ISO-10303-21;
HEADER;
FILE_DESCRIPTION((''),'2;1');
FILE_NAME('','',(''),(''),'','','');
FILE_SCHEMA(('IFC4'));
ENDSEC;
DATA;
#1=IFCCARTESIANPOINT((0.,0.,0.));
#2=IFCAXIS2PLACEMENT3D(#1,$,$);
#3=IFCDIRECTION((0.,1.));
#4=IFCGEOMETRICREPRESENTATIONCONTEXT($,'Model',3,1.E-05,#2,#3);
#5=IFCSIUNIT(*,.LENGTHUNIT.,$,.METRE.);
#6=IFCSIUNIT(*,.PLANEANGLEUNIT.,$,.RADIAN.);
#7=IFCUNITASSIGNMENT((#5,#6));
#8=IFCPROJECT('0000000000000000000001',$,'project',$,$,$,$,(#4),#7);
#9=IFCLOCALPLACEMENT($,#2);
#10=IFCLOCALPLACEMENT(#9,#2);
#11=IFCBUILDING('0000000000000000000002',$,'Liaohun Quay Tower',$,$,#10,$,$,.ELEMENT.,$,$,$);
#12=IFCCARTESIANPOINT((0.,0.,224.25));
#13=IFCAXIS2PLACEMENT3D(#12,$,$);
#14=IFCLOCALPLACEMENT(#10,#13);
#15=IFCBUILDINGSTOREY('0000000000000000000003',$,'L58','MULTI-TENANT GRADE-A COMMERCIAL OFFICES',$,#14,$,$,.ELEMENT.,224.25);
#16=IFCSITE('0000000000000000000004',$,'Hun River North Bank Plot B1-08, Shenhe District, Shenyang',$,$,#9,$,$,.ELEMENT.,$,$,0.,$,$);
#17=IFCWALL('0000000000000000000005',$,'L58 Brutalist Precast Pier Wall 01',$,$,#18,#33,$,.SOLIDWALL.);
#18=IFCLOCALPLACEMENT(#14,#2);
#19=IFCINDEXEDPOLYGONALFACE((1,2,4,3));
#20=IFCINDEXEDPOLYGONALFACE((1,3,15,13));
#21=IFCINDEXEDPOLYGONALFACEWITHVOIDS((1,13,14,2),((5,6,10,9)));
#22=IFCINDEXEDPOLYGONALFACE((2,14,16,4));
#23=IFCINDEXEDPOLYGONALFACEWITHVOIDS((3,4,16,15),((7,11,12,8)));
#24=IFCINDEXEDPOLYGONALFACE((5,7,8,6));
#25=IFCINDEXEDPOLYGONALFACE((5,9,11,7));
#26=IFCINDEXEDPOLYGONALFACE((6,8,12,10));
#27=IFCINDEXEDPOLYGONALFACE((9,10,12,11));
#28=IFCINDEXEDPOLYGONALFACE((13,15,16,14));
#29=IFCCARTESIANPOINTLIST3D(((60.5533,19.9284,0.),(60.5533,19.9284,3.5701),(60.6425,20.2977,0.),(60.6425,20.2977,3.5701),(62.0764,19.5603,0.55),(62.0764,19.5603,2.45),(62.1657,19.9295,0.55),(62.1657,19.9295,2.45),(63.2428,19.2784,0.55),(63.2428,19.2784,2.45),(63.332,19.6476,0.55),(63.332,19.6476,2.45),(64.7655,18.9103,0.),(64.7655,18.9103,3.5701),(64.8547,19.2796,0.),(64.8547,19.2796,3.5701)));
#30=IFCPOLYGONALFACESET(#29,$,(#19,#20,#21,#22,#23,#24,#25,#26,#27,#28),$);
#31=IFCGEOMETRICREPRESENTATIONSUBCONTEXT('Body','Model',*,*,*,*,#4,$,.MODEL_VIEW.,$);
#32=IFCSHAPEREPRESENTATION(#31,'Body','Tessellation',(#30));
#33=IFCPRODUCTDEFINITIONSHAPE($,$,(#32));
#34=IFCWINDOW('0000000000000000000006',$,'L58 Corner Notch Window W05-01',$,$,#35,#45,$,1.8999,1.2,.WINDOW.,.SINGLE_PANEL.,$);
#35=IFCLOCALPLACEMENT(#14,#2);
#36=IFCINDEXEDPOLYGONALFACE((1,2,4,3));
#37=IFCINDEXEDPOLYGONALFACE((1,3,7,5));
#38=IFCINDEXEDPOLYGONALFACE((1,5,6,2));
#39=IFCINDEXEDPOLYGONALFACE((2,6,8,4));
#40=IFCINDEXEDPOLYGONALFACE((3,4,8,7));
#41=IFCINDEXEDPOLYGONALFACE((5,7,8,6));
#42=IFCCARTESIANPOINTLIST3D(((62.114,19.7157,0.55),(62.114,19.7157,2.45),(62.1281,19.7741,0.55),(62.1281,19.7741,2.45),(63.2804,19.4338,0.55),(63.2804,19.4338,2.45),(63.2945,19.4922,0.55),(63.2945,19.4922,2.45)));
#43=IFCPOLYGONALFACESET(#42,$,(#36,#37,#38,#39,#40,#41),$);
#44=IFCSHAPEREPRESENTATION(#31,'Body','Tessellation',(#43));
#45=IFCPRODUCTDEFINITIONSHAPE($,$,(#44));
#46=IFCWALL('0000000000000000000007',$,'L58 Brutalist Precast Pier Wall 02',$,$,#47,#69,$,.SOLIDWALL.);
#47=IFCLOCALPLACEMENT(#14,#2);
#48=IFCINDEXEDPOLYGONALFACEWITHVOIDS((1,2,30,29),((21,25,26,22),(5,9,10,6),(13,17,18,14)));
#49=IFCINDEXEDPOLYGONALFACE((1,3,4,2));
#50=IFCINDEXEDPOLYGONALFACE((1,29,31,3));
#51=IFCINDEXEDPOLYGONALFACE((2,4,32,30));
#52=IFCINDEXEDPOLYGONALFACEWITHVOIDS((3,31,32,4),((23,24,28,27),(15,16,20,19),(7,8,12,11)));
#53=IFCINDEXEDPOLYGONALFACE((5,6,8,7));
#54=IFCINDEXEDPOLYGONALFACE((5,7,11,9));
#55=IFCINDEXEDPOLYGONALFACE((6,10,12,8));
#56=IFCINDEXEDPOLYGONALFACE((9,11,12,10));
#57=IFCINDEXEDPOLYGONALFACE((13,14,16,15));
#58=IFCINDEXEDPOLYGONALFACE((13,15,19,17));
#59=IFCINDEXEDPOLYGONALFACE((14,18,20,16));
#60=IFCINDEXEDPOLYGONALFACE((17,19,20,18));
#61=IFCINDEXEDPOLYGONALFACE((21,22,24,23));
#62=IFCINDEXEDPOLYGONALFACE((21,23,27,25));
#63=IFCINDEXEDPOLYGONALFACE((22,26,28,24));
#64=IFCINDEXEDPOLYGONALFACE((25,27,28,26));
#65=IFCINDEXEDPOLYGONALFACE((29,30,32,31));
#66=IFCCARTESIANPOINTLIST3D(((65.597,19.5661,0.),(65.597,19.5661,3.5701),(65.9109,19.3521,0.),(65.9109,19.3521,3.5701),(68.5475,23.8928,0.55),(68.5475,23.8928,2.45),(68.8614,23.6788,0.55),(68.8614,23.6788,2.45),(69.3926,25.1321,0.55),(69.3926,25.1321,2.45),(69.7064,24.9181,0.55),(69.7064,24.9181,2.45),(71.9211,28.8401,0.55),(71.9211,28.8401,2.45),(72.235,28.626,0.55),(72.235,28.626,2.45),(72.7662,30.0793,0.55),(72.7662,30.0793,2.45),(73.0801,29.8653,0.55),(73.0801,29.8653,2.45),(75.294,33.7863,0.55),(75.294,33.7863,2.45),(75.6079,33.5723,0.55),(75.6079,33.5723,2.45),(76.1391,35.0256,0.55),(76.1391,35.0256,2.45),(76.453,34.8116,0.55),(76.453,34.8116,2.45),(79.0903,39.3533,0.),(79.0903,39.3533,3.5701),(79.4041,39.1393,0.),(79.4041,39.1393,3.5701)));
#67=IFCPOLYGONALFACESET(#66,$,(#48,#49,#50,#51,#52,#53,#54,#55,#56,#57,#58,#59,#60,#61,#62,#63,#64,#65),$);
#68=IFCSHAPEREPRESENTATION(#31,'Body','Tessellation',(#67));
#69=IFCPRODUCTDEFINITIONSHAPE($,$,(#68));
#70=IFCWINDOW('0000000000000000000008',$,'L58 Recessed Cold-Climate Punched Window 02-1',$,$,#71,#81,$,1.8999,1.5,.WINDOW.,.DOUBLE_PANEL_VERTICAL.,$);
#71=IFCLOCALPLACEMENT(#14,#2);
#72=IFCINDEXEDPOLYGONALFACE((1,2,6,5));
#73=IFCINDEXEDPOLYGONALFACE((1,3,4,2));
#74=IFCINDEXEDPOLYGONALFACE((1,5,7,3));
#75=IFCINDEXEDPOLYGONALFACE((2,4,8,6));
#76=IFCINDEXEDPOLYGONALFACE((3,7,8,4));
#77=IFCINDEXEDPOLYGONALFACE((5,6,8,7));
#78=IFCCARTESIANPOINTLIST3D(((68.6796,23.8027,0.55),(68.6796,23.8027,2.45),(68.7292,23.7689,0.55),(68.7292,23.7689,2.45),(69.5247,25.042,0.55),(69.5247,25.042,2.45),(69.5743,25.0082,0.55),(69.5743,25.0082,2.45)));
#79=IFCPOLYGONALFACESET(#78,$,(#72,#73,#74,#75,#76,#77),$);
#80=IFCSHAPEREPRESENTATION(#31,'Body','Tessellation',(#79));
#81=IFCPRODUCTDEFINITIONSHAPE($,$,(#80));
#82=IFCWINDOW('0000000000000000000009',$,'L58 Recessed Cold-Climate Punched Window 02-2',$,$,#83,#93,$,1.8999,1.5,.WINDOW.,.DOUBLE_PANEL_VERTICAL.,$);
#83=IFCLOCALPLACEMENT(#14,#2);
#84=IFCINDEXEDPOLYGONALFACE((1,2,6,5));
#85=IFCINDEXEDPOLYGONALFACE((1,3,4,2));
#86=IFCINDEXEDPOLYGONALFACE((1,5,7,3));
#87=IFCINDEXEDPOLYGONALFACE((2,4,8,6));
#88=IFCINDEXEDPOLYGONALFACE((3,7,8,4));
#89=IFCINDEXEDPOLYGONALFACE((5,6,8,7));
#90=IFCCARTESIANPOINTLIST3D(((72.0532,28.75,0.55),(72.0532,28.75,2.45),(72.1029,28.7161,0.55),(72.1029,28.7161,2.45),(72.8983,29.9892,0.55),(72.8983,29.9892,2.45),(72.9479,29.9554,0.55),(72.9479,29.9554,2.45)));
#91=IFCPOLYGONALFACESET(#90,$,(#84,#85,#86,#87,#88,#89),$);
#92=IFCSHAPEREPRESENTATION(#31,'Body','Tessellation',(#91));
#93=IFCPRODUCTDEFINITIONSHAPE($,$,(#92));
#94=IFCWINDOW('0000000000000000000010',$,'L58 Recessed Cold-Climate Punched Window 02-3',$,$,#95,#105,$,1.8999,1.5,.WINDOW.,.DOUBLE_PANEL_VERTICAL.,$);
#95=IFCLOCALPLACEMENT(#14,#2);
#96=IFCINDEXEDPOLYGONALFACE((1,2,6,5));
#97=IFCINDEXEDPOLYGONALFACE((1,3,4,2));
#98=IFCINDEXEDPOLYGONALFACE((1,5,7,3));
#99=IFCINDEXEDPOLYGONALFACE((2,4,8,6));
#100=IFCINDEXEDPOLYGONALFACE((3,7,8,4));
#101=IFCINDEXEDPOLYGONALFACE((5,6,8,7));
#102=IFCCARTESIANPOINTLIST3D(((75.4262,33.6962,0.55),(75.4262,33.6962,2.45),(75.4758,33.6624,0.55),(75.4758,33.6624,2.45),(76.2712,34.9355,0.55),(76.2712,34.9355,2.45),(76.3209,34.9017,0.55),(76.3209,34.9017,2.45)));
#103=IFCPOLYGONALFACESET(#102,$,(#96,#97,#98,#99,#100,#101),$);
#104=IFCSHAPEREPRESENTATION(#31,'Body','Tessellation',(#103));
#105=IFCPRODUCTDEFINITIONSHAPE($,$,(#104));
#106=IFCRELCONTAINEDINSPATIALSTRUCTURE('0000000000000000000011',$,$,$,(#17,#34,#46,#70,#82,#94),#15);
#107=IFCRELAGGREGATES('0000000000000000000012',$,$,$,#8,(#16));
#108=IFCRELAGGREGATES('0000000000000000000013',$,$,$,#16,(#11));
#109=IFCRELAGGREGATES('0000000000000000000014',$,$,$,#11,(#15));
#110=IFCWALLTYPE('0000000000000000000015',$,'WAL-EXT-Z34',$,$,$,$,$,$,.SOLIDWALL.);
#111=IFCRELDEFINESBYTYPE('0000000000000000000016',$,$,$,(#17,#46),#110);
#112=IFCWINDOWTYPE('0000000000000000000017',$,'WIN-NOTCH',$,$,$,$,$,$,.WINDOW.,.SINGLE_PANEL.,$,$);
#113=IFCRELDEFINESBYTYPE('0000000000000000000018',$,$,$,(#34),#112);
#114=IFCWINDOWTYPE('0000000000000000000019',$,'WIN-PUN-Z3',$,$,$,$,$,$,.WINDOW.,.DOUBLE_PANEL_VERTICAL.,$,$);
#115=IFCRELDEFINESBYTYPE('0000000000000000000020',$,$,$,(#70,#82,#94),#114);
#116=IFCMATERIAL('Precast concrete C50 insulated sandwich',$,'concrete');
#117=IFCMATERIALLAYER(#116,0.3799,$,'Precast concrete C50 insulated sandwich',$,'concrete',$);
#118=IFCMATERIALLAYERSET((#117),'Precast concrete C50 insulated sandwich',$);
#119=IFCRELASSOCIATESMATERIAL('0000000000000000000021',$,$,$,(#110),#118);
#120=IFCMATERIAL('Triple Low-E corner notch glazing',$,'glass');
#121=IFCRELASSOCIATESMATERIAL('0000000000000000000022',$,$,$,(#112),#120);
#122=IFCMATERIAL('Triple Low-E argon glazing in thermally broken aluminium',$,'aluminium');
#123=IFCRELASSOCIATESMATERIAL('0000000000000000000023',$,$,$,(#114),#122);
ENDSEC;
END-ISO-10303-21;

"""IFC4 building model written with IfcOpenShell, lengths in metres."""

from ifc_helpers import new_model, si_unit, direction, frame, frame_2d, origin, place, context, subcontext, project, spatial, rectangle, extrude, source, transform, mapped, material, layer, layer_set, type_object, element, fill, save


model = new_model("IFC4")

# Units and contexts
model_context = context("Model", 3, precision=1e-05, world=origin(), true_north=direction((0.0, 1.0)))
body_context = subcontext(model_context, "Body", "Model", "MODEL_VIEW")
ifc_project = project(units=[si_unit("LENGTHUNIT", "METRE"), si_unit("PLANEANGLEUNIT", "RADIAN")], contexts=[model_context])

# Site, building, storey
site_placement = place(None, origin())
site = spatial("IfcSite", under=ifc_project, at=site_placement, Name="Hun River North Bank Plot B1-08, Shenhe District, Shenyang", CompositionType="ELEMENT", RefElevation=0.0)
building_placement = place(site_placement, origin())
building = spatial("IfcBuilding", under=site, at=building_placement, Name="Liaohun Quay Tower", CompositionType="ELEMENT")
storey_placement = place(building_placement, frame((0.0, 0.0, 224.25)))
storey = spatial("IfcBuildingStorey", under=building, at=storey_placement, Name="L58", Description="MULTI-TENANT GRADE-A COMMERCIAL OFFICES", CompositionType="ELEMENT", Elevation=224.25)

# Wall, opening, window
ifc_material_1 = material(Name="Precast concrete C50 insulated sandwich", Category="concrete")
ifc_layer_1 = layer(ifc_material_1, 0.3799, Name="Precast concrete C50 insulated sandwich", Category="concrete")
ifc_layer_set_1 = layer_set([ifc_layer_1], Name="Precast concrete C50 insulated sandwich")
wall_type_1 = type_object("IfcWallType", Name="WAL-EXT-Z34", PredefinedType="SOLIDWALL", material=ifc_layer_set_1)
wall_1_placement = place(storey_placement, frame((60.5979, 20.113, 0.0), z_axis=(0.0, 0.0, 1.0), x_axis=(0.972012, -0.234932, 0.0)))
wall_1 = element("IfcWall", 1, at=wall_1_placement, inside=storey, type_object=wall_type_1, Name="L58 Brutalist Precast Pier Wall 01", PredefinedType="SOLIDWALL", context=body_context, shape_type="SweptSolid", body=[
    extrude(rectangle(XDim=4.3335, YDim=0.3799, at=frame_2d((2.1667, 0.0))), origin(), (0.0, 0.0, 1.0), 3.5701),
])
shared_shape_1 = source(origin(), body_context, "Body", "SweptSolid", [
    extrude(rectangle(XDim=1.2, YDim=1.8999, at=frame_2d((0.6001, 0.95))), frame((0.0, 0.2, 0.0), z_axis=(0.0, -1.0, 0.0), x_axis=(1.0, 0.0, 0.0)), (0.0, 0.0, 1.0), 0.3999),
])
opening_1_placement = place(wall_1_placement, frame((1.5669, 0.0, 0.55)))
opening_1 = element("IfcOpeningElement", 2, at=opening_1_placement, cuts=wall_1, PredefinedType="OPENING", context=body_context, shape_type="MappedRepresentation", body=[
    mapped(shared_shape_1, transform((0.0, 0.0, 0.0), x_axis=(1.0, 0.0, 0.0), y_axis=(0.0, 1.0, 0.0), z_axis=(0.0, 0.0, 1.0), scale=1.0)),
])
ifc_material_2 = material(Name="Triple Low-E corner notch glazing", Category="glass")
window_type_1 = type_object("IfcWindowType", Name="WIN-NOTCH", PartitioningType="SINGLE_PANEL", PredefinedType="WINDOW", material=ifc_material_2)
shared_shape_2 = source(origin(), body_context, "Body", "SweptSolid", [
    extrude(rectangle(XDim=1.2, YDim=1.8999, at=frame_2d((0.6001, 0.95))), frame((0.0, 0.03, 0.0), z_axis=(0.0, -1.0, 0.0), x_axis=(1.0, 0.0, 0.0)), (0.0, 0.0, 1.0), 0.0601),
])
window_1_placement = place(opening_1_placement, origin())
window_1 = element("IfcWindow", 3, at=window_1_placement, inside=storey, type_object=window_type_1, Name="L58 Corner Notch Window W05-01", OverallHeight=1.8999, OverallWidth=1.2, PartitioningType="SINGLE_PANEL", PredefinedType="WINDOW", context=body_context, shape_type="MappedRepresentation", body=[
    mapped(shared_shape_2, transform((0.0, 0.0, 0.0), x_axis=(1.0, 0.0, 0.0), y_axis=(0.0, 1.0, 0.0), z_axis=(0.0, 0.0, 1.0), scale=1.0)),
])
fill(opening_1, window_1)

# Wall, openings, windows
wall_2_placement = place(storey_placement, frame((65.7539, 19.459, 0.0), z_axis=(0.0, 0.0, 1.0), x_axis=(0.563392, 0.826189, 0.0)))
wall_2 = element("IfcWall", 4, at=wall_2_placement, inside=storey, type_object=wall_type_1, Name="L58 Brutalist Precast Pier Wall 02", PredefinedType="SOLIDWALL", context=body_context, shape_type="SweptSolid", body=[
    extrude(rectangle(XDim=23.95, YDim=0.3799, at=frame_2d((11.9751, 0.0))), origin(), (0.0, 0.0, 1.0), 3.5701),
])
shared_shape_3 = source(origin(), body_context, "Body", "SweptSolid", [
    extrude(rectangle(XDim=1.5, YDim=1.8999, at=frame_2d((0.75, 0.95))), frame((0.0, 0.2, 0.0), z_axis=(0.0, -1.0, 0.0), x_axis=(1.0, 0.0, 0.0)), (0.0, 0.0, 1.0), 0.3999),
])
opening_2_placement = place(wall_2_placement, frame((5.2371, 0.0, 0.55)))
opening_2 = element("IfcOpeningElement", 5, at=opening_2_placement, cuts=wall_2, PredefinedType="OPENING", context=body_context, shape_type="MappedRepresentation", body=[
    mapped(shared_shape_3, transform((0.0, 0.0, 0.0), x_axis=(1.0, 0.0, 0.0), y_axis=(0.0, 1.0, 0.0), z_axis=(0.0, 0.0, 1.0), scale=1.0)),
])
opening_3_placement = place(wall_2_placement, frame((11.2251, 0.0, 0.55)))
opening_3 = element("IfcOpeningElement", 6, at=opening_3_placement, cuts=wall_2, PredefinedType="OPENING", context=body_context, shape_type="MappedRepresentation", body=[
    mapped(shared_shape_3, transform((0.0, 0.0, 0.0), x_axis=(1.0, 0.0, 0.0), y_axis=(0.0, 1.0, 0.0), z_axis=(0.0, 0.0, 1.0), scale=1.0)),
])
opening_4_placement = place(wall_2_placement, frame((17.2119, 0.0, 0.55)))
opening_4 = element("IfcOpeningElement", 7, at=opening_4_placement, cuts=wall_2, PredefinedType="OPENING", context=body_context, shape_type="MappedRepresentation", body=[
    mapped(shared_shape_3, transform((0.0, 0.0, 0.0), x_axis=(1.0, 0.0, 0.0), y_axis=(0.0, 1.0, 0.0), z_axis=(0.0, 0.0, 1.0), scale=1.0)),
])
ifc_material_3 = material(Name="Triple Low-E argon glazing in thermally broken aluminium", Category="aluminium")
window_type_2 = type_object("IfcWindowType", Name="WIN-PUN-Z3", PartitioningType="DOUBLE_PANEL_VERTICAL", PredefinedType="WINDOW", material=ifc_material_3)
shared_shape_4 = source(origin(), body_context, "Body", "SweptSolid", [
    extrude(rectangle(XDim=1.5, YDim=1.8999, at=frame_2d((0.75, 0.95))), frame((0.0, 0.03, 0.0), z_axis=(0.0, -1.0, 0.0), x_axis=(1.0, 0.0, 0.0)), (0.0, 0.0, 1.0), 0.0601),
])
window_2_placement = place(opening_2_placement, origin())
window_2 = element("IfcWindow", 8, at=window_2_placement, inside=storey, type_object=window_type_2, Name="L58 Recessed Cold-Climate Punched Window 02-1", OverallHeight=1.8999, OverallWidth=1.5, PartitioningType="DOUBLE_PANEL_VERTICAL", PredefinedType="WINDOW", context=body_context, shape_type="MappedRepresentation", body=[
    mapped(shared_shape_4, transform((0.0, 0.0, 0.0), x_axis=(1.0, 0.0, 0.0), y_axis=(0.0, 1.0, 0.0), z_axis=(0.0, 0.0, 1.0), scale=1.0)),
])
fill(opening_2, window_2)
window_3_placement = place(opening_3_placement, origin())
window_3 = element("IfcWindow", 9, at=window_3_placement, inside=storey, type_object=window_type_2, Name="L58 Recessed Cold-Climate Punched Window 02-2", OverallHeight=1.8999, OverallWidth=1.5, PartitioningType="DOUBLE_PANEL_VERTICAL", PredefinedType="WINDOW", context=body_context, shape_type="MappedRepresentation", body=[
    mapped(shared_shape_4, transform((0.0, 0.0, 0.0), x_axis=(1.0, 0.0, 0.0), y_axis=(0.0, 1.0, 0.0), z_axis=(0.0, 0.0, 1.0), scale=1.0)),
])
fill(opening_3, window_3)
window_4_placement = place(opening_4_placement, origin())
window_4 = element("IfcWindow", 10, at=window_4_placement, inside=storey, type_object=window_type_2, Name="L58 Recessed Cold-Climate Punched Window 02-3", OverallHeight=1.8999, OverallWidth=1.5, PartitioningType="DOUBLE_PANEL_VERTICAL", PredefinedType="WINDOW", context=body_context, shape_type="MappedRepresentation", body=[
    mapped(shared_shape_4, transform((0.0, 0.0, 0.0), x_axis=(1.0, 0.0, 0.0), y_axis=(0.0, 1.0, 0.0), z_axis=(0.0, 0.0, 1.0), scale=1.0)),
])
fill(opening_4, window_4)

save(model, "model.ifc")
